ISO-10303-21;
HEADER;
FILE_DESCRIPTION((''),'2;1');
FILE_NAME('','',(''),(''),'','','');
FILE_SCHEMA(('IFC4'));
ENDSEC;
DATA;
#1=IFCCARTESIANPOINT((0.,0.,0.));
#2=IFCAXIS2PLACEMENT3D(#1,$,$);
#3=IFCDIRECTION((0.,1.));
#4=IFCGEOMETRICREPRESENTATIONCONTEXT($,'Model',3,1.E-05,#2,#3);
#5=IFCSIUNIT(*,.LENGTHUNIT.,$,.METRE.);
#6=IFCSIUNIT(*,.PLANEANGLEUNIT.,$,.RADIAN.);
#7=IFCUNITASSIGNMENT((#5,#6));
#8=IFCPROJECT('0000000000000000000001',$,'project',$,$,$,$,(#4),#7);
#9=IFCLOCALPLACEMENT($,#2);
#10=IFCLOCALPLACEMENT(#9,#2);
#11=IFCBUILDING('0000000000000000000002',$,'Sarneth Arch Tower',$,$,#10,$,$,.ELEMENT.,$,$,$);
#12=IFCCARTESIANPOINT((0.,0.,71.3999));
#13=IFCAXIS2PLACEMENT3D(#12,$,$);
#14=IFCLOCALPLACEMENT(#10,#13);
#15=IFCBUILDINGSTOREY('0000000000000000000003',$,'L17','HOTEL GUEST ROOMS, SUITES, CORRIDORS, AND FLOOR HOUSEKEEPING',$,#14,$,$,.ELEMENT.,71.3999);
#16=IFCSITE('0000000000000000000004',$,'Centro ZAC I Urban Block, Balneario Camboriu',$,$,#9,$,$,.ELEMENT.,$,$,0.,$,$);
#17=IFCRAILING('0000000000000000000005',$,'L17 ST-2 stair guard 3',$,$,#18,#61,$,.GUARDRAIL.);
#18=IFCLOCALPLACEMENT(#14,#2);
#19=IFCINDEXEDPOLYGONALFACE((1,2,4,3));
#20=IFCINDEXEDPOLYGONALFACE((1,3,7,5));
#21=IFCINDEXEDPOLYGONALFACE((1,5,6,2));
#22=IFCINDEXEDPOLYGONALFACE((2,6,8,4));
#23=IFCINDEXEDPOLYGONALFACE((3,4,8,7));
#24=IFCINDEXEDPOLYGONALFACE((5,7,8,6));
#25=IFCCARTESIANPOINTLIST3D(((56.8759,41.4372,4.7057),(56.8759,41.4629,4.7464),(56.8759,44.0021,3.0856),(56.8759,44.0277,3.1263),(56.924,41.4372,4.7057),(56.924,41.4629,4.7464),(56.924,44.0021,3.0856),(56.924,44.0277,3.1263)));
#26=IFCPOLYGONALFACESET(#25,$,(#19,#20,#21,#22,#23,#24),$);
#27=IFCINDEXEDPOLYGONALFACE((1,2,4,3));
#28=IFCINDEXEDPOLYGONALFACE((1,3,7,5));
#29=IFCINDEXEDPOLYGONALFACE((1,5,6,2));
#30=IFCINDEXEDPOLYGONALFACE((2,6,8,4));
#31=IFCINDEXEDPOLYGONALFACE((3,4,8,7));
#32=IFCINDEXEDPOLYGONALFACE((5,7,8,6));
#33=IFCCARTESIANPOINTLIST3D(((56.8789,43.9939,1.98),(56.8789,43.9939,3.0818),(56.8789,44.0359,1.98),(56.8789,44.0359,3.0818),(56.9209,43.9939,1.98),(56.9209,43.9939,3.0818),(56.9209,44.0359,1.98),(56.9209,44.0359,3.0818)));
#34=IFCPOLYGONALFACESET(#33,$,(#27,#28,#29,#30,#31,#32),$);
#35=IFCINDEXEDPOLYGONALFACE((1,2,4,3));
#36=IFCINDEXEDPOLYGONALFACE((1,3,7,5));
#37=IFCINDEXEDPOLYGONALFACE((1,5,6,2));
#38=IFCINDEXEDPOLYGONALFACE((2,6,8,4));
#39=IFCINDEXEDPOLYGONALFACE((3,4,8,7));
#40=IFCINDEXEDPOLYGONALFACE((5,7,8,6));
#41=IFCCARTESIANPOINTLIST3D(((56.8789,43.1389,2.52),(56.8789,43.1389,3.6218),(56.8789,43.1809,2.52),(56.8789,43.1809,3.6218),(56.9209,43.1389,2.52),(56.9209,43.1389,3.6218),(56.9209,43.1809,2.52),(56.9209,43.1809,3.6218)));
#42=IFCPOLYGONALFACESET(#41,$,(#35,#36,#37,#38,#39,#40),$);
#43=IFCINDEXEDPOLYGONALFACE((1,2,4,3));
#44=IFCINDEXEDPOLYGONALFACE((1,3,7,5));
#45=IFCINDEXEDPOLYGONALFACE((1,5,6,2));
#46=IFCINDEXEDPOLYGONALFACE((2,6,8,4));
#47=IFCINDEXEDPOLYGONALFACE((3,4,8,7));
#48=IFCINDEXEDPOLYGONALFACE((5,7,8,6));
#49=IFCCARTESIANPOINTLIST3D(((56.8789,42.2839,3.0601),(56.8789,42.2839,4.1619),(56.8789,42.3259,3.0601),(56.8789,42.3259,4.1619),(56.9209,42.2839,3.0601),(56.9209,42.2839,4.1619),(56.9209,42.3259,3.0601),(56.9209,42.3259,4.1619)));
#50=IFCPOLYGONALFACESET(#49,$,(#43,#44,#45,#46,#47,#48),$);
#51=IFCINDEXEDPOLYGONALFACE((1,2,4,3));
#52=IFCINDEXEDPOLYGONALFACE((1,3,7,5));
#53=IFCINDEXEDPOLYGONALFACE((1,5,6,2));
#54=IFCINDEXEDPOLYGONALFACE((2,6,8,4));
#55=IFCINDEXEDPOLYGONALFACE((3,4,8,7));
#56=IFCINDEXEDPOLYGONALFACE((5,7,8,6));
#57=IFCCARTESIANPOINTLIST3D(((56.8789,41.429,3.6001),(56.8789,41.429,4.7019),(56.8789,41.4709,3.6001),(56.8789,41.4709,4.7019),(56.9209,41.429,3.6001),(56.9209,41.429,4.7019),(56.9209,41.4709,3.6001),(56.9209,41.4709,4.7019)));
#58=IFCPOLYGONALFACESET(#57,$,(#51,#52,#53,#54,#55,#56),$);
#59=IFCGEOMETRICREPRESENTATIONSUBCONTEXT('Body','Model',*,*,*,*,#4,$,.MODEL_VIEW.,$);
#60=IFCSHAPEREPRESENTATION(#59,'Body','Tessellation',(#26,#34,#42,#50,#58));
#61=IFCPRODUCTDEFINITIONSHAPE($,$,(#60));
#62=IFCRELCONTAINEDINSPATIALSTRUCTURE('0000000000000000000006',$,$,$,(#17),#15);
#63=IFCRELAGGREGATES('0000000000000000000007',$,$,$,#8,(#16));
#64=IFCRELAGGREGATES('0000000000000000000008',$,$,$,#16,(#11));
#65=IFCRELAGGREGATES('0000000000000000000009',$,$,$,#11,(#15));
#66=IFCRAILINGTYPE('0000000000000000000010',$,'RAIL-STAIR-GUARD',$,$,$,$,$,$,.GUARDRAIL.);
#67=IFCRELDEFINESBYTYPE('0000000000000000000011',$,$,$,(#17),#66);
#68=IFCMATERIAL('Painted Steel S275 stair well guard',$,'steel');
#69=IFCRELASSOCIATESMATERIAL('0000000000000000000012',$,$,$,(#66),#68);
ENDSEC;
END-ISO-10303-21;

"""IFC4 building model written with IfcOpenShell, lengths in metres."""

from ifc_helpers import new_model, si_unit, direction, frame, origin, origin_2d, place, context, subcontext, project, spatial, rectangle, extrude, material, type_object, element, save


model = new_model("IFC4")

# Units and contexts
model_context = context("Model", 3, precision=1e-05, world=origin(), true_north=direction((0.0, 1.0)))
body_context = subcontext(model_context, "Body", "Model", "MODEL_VIEW")
ifc_project = project(units=[si_unit("LENGTHUNIT", "METRE"), si_unit("PLANEANGLEUNIT", "RADIAN")], contexts=[model_context])

# Site, building, storey
site_placement = place(None, origin())
site = spatial("IfcSite", under=ifc_project, at=site_placement, Name="Centro ZAC I Urban Block, Balneario Camboriu", CompositionType="ELEMENT", RefElevation=0.0)
building_placement = place(site_placement, origin())
building = spatial("IfcBuilding", under=site, at=building_placement, Name="Sarneth Arch Tower", CompositionType="ELEMENT")
storey_placement = place(building_placement, frame((0.0, 0.0, 71.3999)))
storey = spatial("IfcBuildingStorey", under=building, at=storey_placement, Name="L17", Description="HOTEL GUEST ROOMS, SUITES, CORRIDORS, AND FLOOR HOUSEKEEPING", CompositionType="ELEMENT", Elevation=71.3999)

# Railing
ifc_material_1 = material(Name="Painted Steel S275 stair well guard", Category="steel")
railing_type_1 = type_object("IfcRailingType", Name="RAIL-STAIR-GUARD", PredefinedType="GUARDRAIL", material=ifc_material_1)
railing_1_placement = place(storey_placement, frame((56.8999, 44.0149, 1.98)))
element("IfcRailing", 1, at=railing_1_placement, inside=storey, type_object=railing_type_1, Name="L17 ST-2 stair guard 3", PredefinedType="GUARDRAIL", context=body_context, shape_type="SweptSolid", body=[
    extrude(rectangle(XDim=0.0481, YDim=0.0481, at=origin_2d()), frame((0.0, 0.0, 1.126), z_axis=(0.0, -0.845466, 0.534029), x_axis=(1.0, 0.0, 0.0)), (0.0, 0.0, 1.0), 3.0337),
    extrude(rectangle(XDim=0.042, YDim=0.042, at=origin_2d()), origin(), (0.0, 0.0, 1.0), 1.1018),
    extrude(rectangle(XDim=0.042, YDim=0.042, at=origin_2d()), frame((0.0, -0.855, 0.54)), (0.0, 0.0, 1.0), 1.1018),
    extrude(rectangle(XDim=0.042, YDim=0.042, at=origin_2d()), frame((0.0, -1.71, 1.0801)), (0.0, 0.0, 1.0), 1.1018),
    extrude(rectangle(XDim=0.042, YDim=0.042, at=origin_2d()), frame((0.0, -2.5649, 1.6201)), (0.0, 0.0, 1.0), 1.1018),
])

save(model, "model.ifc")
